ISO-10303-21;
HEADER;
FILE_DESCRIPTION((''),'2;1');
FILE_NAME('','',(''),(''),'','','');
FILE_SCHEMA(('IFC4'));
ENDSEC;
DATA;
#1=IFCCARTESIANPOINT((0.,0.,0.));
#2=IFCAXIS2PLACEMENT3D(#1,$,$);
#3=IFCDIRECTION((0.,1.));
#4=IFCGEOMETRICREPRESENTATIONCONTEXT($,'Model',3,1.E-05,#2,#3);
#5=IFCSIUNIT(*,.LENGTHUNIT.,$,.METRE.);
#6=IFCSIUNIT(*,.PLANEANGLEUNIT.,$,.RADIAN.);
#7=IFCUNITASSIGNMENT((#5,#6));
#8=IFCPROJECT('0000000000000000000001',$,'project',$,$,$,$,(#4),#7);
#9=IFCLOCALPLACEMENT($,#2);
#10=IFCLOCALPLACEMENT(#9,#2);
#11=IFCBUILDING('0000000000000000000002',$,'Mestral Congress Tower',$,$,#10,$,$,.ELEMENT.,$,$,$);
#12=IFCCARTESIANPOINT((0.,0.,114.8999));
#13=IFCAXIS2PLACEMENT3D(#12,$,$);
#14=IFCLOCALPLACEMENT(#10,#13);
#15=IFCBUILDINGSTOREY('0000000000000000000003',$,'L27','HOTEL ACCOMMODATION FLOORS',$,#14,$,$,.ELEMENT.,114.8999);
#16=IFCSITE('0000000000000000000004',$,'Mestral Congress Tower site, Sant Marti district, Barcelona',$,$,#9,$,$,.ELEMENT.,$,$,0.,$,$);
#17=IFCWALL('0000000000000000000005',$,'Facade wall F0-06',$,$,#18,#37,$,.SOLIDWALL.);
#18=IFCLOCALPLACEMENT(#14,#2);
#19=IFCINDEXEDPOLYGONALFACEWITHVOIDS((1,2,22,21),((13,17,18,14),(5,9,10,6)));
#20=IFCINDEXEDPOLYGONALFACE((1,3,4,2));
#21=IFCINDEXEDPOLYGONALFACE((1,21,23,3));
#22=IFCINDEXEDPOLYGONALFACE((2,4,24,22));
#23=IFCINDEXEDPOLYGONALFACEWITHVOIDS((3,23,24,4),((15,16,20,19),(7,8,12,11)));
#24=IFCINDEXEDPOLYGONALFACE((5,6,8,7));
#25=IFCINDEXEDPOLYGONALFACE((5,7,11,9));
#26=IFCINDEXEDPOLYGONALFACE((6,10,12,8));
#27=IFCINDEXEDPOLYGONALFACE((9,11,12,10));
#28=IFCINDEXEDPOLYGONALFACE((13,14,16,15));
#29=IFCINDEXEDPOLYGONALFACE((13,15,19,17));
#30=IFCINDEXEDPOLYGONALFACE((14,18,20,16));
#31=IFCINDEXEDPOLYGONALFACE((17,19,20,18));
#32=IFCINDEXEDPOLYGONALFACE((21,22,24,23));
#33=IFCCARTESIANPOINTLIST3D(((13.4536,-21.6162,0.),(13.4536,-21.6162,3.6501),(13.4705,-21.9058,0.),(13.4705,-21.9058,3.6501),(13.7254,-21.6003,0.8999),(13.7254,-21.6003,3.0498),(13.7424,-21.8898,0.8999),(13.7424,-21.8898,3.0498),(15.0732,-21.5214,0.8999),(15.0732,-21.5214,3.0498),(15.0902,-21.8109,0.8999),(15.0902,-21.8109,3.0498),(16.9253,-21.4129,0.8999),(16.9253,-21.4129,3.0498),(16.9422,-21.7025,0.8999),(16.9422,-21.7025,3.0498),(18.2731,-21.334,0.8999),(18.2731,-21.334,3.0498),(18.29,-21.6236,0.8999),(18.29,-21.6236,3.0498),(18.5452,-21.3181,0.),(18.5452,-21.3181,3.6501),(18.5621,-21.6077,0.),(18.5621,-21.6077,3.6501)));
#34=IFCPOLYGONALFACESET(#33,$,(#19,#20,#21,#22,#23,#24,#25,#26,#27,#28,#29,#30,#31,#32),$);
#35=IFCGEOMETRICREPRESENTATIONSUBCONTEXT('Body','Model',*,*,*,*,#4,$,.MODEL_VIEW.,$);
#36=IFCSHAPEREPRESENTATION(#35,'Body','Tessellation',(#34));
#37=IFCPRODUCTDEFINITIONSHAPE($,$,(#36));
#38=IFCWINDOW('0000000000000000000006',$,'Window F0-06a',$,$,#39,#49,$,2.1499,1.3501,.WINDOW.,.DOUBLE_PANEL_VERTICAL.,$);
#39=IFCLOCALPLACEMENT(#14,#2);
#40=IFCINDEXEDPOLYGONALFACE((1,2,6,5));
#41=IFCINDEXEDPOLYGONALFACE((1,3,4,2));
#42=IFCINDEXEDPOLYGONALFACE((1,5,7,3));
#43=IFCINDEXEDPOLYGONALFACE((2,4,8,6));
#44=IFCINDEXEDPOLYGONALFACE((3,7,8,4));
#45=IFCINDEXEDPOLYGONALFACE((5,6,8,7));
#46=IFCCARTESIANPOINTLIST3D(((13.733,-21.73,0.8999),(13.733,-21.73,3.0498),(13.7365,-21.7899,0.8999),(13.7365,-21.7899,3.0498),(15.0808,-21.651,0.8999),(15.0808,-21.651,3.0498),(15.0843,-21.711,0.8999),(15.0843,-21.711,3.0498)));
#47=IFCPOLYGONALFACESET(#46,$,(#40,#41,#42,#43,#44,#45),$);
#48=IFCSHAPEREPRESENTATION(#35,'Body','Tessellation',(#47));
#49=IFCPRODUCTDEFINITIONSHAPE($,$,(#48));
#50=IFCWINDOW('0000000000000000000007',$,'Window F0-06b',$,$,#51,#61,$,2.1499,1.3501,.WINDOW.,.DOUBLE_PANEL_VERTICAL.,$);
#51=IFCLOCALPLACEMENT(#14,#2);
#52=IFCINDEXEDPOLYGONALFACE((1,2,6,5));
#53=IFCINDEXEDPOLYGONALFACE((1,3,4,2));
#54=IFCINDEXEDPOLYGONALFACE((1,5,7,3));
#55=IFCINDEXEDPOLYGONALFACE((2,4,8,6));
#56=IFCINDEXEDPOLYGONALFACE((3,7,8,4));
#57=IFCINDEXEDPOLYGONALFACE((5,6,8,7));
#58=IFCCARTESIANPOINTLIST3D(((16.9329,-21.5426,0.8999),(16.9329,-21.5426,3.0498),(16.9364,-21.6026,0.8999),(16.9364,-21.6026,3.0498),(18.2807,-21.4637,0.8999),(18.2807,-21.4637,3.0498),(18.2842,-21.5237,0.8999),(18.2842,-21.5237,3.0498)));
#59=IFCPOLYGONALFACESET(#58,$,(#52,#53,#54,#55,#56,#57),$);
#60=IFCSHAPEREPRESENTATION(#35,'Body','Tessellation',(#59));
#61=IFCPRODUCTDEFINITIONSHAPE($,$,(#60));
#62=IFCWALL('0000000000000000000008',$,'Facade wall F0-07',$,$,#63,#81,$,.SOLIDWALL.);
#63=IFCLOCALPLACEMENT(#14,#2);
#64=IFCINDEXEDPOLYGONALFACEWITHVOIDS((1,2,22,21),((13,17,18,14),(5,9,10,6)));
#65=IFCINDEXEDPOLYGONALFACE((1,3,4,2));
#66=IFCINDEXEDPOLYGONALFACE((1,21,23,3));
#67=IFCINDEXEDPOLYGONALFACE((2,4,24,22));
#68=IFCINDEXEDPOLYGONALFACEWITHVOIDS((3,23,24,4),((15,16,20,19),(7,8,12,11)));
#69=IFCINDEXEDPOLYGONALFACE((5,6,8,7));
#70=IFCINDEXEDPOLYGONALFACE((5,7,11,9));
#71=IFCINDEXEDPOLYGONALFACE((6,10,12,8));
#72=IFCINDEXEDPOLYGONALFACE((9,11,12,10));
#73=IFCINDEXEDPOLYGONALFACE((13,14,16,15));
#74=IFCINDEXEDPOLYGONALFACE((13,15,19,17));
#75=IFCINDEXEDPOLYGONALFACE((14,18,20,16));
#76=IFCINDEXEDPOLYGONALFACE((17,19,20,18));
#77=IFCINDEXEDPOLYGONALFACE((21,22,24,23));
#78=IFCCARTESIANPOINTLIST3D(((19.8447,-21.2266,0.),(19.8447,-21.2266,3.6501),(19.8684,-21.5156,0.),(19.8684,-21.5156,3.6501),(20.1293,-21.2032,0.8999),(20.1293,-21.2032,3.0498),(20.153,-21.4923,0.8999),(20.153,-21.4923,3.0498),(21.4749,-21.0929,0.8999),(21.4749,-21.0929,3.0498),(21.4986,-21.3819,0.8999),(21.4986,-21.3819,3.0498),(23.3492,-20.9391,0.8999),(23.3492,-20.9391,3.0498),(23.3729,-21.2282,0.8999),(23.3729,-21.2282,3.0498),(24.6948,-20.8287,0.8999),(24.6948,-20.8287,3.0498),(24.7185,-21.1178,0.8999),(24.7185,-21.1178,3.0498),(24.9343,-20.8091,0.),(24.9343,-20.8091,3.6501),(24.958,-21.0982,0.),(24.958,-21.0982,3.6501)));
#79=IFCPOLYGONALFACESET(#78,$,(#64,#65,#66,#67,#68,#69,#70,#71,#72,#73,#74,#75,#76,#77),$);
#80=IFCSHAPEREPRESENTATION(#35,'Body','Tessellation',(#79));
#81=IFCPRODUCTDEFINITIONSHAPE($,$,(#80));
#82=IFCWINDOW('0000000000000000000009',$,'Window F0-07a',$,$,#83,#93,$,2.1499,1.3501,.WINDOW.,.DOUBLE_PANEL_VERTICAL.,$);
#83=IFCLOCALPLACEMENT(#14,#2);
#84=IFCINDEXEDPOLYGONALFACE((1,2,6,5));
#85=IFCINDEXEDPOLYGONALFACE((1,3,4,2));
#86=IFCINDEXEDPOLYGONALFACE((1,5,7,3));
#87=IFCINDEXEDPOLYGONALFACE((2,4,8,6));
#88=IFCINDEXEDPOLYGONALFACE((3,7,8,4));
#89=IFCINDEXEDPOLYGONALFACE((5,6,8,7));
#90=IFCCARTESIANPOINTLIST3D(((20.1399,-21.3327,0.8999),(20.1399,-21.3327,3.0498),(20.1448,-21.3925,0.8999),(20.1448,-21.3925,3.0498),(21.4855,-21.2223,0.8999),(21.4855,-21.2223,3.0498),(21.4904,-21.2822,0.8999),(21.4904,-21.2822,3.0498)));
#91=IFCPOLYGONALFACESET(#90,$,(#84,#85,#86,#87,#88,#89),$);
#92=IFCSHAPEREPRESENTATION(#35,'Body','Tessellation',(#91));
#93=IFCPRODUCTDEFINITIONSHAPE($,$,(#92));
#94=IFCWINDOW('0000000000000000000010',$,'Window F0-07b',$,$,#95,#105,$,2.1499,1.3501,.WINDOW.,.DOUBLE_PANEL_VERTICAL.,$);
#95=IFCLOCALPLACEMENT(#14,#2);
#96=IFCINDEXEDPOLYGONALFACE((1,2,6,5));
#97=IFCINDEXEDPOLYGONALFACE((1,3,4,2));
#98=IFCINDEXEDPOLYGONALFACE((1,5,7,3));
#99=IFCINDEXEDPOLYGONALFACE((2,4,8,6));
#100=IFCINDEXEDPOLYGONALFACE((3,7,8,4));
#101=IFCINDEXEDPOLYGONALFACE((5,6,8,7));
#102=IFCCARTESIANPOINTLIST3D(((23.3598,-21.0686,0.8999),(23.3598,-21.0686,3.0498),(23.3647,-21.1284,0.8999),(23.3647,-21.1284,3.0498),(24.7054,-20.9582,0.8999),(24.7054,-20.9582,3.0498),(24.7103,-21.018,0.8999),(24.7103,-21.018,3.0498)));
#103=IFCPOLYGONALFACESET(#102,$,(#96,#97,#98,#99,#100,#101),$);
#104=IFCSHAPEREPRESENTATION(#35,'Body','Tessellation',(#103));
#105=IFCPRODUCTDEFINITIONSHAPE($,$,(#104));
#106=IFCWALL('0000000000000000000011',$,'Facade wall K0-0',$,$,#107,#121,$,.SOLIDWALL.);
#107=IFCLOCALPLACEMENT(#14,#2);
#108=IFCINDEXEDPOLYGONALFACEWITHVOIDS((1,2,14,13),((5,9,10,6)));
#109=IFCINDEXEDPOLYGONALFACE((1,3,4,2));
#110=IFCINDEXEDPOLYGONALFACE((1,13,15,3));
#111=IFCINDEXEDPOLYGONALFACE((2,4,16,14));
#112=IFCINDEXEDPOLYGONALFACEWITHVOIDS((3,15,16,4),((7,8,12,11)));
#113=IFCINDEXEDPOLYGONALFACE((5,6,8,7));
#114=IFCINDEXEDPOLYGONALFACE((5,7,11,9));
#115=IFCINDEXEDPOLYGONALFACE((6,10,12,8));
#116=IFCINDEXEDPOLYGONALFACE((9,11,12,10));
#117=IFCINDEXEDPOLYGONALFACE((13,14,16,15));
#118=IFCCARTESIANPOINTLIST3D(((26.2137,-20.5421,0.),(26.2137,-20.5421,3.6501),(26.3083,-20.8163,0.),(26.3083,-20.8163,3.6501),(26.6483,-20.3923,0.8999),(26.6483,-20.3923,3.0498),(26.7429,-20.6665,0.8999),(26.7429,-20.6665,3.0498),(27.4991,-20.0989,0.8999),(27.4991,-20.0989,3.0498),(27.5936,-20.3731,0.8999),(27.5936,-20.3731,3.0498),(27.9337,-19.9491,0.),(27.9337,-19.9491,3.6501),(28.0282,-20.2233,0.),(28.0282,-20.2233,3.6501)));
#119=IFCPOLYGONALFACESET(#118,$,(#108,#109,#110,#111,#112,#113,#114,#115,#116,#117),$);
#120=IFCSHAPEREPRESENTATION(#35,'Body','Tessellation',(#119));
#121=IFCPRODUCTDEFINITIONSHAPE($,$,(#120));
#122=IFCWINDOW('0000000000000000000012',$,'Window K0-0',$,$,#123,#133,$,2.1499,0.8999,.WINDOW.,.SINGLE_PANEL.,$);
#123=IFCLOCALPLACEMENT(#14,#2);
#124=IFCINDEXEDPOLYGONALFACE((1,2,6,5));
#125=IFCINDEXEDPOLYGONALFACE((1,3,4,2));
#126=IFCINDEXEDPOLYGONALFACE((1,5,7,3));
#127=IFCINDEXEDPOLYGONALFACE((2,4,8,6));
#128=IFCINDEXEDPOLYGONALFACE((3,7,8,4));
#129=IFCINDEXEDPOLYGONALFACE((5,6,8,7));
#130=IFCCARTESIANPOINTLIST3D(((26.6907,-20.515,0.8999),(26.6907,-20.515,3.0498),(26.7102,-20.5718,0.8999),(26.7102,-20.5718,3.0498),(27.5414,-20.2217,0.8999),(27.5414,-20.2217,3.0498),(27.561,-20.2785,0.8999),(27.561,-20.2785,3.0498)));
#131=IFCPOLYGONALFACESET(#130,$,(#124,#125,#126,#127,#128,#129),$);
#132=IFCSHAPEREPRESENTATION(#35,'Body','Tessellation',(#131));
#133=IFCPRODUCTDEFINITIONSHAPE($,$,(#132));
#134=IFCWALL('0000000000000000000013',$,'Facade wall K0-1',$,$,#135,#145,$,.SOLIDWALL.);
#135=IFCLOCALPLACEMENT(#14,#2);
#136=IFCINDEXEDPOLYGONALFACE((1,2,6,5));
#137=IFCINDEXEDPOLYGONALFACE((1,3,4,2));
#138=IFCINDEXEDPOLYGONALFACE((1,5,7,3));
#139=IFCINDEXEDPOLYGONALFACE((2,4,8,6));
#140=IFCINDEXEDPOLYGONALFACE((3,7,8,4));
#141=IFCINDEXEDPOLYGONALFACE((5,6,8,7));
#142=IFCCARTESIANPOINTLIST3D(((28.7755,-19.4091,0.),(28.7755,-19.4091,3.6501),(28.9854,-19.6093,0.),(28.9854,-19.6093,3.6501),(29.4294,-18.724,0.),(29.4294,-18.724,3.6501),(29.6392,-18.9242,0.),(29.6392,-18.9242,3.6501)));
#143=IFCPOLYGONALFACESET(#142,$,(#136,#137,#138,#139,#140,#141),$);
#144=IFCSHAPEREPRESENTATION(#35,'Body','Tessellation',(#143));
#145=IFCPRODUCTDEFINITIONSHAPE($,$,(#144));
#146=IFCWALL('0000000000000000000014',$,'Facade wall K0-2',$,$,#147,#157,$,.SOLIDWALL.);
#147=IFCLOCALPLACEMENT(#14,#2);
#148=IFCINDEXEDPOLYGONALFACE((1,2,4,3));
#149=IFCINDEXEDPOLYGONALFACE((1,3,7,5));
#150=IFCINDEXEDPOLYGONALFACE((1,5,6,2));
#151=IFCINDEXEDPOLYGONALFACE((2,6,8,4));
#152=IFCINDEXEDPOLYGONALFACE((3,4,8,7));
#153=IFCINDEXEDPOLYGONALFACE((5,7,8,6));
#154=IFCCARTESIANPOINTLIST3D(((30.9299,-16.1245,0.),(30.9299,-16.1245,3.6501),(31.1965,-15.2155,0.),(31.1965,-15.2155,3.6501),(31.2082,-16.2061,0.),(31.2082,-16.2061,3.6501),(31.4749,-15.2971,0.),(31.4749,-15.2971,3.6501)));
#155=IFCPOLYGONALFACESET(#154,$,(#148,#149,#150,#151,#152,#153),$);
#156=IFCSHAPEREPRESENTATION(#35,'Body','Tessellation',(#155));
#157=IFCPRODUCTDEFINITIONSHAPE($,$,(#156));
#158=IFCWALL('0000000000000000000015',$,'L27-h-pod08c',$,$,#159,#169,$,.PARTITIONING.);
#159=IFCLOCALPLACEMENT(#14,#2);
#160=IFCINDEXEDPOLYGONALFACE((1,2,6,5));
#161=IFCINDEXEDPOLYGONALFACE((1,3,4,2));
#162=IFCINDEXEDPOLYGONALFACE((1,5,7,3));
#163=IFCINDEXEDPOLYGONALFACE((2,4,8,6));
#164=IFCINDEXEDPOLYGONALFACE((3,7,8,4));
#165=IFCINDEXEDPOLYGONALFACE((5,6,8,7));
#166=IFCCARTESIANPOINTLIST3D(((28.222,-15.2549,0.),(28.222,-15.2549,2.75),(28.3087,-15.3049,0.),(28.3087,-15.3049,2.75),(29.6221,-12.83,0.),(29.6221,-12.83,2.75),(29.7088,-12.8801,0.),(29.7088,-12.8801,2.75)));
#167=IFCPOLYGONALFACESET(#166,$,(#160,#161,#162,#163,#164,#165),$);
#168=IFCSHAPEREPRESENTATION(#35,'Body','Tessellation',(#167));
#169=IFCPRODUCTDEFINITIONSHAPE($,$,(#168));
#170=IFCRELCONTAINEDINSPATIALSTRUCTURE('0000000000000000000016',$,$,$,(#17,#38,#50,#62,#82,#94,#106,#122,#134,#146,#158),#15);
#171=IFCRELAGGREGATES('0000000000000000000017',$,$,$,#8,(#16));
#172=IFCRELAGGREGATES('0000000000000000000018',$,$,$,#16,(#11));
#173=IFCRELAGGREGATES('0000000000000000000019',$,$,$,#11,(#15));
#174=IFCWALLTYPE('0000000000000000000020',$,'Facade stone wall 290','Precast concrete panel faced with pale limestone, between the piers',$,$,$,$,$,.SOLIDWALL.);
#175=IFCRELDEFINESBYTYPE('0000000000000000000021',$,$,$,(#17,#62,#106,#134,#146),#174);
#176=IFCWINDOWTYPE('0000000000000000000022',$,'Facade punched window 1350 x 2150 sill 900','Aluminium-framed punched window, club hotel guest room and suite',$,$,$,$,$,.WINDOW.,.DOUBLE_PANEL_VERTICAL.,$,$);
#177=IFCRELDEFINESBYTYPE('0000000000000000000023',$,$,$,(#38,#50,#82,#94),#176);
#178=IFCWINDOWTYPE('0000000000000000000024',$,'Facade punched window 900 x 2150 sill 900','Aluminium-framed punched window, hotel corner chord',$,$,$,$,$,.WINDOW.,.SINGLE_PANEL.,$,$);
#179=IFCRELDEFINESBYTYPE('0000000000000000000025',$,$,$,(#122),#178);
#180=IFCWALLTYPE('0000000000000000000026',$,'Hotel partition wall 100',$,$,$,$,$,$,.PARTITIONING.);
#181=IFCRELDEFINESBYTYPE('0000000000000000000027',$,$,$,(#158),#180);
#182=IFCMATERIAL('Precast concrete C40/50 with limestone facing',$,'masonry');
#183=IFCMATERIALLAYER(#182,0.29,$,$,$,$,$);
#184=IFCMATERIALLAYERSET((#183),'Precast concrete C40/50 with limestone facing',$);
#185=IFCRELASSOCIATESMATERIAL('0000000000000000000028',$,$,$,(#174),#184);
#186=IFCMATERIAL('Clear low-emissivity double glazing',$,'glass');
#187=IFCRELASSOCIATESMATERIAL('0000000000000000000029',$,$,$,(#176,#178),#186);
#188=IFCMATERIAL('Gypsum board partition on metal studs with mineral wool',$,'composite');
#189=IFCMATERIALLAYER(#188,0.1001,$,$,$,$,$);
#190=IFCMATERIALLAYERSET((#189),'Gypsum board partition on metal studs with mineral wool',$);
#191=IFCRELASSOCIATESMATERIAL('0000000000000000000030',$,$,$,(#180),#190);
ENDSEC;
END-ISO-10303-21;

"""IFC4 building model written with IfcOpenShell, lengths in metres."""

from ifc_helpers import new_model, si_unit, direction, frame, frame_2d, origin, place, context, subcontext, project, spatial, rectangle, extrude, material, layer, layer_set, type_object, element, fill, save


model = new_model("IFC4")

# Units and contexts
model_context = context("Model", 3, precision=1e-05, world=origin(), true_north=direction((0.0, 1.0)))
body_context = subcontext(model_context, "Body", "Model", "MODEL_VIEW")
ifc_project = project(units=[si_unit("LENGTHUNIT", "METRE"), si_unit("PLANEANGLEUNIT", "RADIAN")], contexts=[model_context])

# Site, building, storey
site_placement = place(None, origin())
site = spatial("IfcSite", under=ifc_project, at=site_placement, Name="Mestral Congress Tower site, Sant Marti district, Barcelona", CompositionType="ELEMENT", RefElevation=0.0)
building_placement = place(site_placement, origin())
building = spatial("IfcBuilding", under=site, at=building_placement, Name="Mestral Congress Tower", CompositionType="ELEMENT")
storey_placement = place(building_placement, frame((0.0, 0.0, 114.8999)))
storey = spatial("IfcBuildingStorey", under=building, at=storey_placement, Name="L27", Description="HOTEL ACCOMMODATION FLOORS", CompositionType="ELEMENT", Elevation=114.8999)

# Walls, openings, windows
ifc_material_1 = material(Name="Precast concrete C40/50 with limestone facing", Category="masonry")
ifc_layer_1 = layer(ifc_material_1, 0.29)
ifc_layer_set_1 = layer_set([ifc_layer_1], Name="Precast concrete C40/50 with limestone facing")
wall_type_1 = type_object("IfcWallType", Name="Facade stone wall 290", Description="Precast concrete panel faced with pale limestone, between the piers", PredefinedType="SOLIDWALL", material=ifc_layer_set_1)
wall_1_placement = place(storey_placement, frame((13.4619, -21.761, 0.0), z_axis=(0.0, 0.0, 1.0), x_axis=(0.998291, 0.058447, 0.0)))
wall_1 = element("IfcWall", 1, at=wall_1_placement, inside=storey, type_object=wall_type_1, Name="Facade wall F0-06", PredefinedType="SOLIDWALL", context=body_context, shape_type="SweptSolid", body=[
    extrude(rectangle(XDim=5.1003, YDim=0.29, at=frame_2d((2.5503, 0.0))), origin(), (0.0, 0.0, 1.0), 3.6501),
])
opening_1_placement = place(wall_1_placement, frame((0.2725, 0.0, 0.8999)))
opening_1 = element("IfcOpeningElement", 2, at=opening_1_placement, cuts=wall_1, PredefinedType="OPENING", context=body_context, shape_type="SweptSolid", body=[
    extrude(rectangle(XDim=1.3501, YDim=2.1499, at=frame_2d((0.675, 1.075))), frame((0.0, 0.155, 0.0), z_axis=(0.0, -1.0, 0.0), x_axis=(1.0, 0.0, 0.0)), (0.0, 0.0, 1.0), 0.3101),
])
opening_2_placement = place(wall_1_placement, frame((3.4778, 0.0, 0.8999)))
opening_2 = element("IfcOpeningElement", 3, at=opening_2_placement, cuts=wall_1, PredefinedType="OPENING", context=body_context, shape_type="SweptSolid", body=[
    extrude(rectangle(XDim=1.3501, YDim=2.1499, at=frame_2d((0.675, 1.075))), frame((0.0, 0.155, 0.0), z_axis=(0.0, -1.0, 0.0), x_axis=(1.0, 0.0, 0.0)), (0.0, 0.0, 1.0), 0.3101),
])
ifc_material_2 = material(Name="Clear low-emissivity double glazing", Category="glass")
window_type_1 = type_object("IfcWindowType", Name="Facade punched window 1350 x 2150 sill 900", Description="Aluminium-framed punched window, club hotel guest room and suite", PartitioningType="DOUBLE_PANEL_VERTICAL", PredefinedType="WINDOW", material=ifc_material_2)
window_1_placement = place(opening_1_placement, origin())
window_1 = element("IfcWindow", 4, at=window_1_placement, inside=storey, type_object=window_type_1, Name="Window F0-06a", OverallHeight=2.1499, OverallWidth=1.3501, PartitioningType="DOUBLE_PANEL_VERTICAL", PredefinedType="WINDOW", context=body_context, shape_type="SweptSolid", body=[
    extrude(rectangle(XDim=1.3501, YDim=2.1499, at=frame_2d((0.675, 1.075))), frame((0.0, 0.0151, 0.0), z_axis=(0.0, -1.0, 0.0), x_axis=(1.0, 0.0, 0.0)), (0.0, 0.0, 1.0), 0.0601),
])
fill(opening_1, window_1)
window_2_placement = place(opening_2_placement, origin())
window_2 = element("IfcWindow", 5, at=window_2_placement, inside=storey, type_object=window_type_1, Name="Window F0-06b", OverallHeight=2.1499, OverallWidth=1.3501, PartitioningType="DOUBLE_PANEL_VERTICAL", PredefinedType="WINDOW", context=body_context, shape_type="SweptSolid", body=[
    extrude(rectangle(XDim=1.3501, YDim=2.1499, at=frame_2d((0.675, 1.075))), frame((0.0, 0.0151, 0.0), z_axis=(0.0, -1.0, 0.0), x_axis=(1.0, 0.0, 0.0)), (0.0, 0.0, 1.0), 0.0601),
])
fill(opening_2, window_2)
wall_2_placement = place(storey_placement, frame((19.8567, -21.3711, 0.0), z_axis=(0.0, 0.0, 1.0), x_axis=(0.996653, 0.081752, 0.0)))
wall_2 = element("IfcWall", 6, at=wall_2_placement, inside=storey, type_object=wall_type_1, Name="Facade wall F0-07", PredefinedType="SOLIDWALL", context=body_context, shape_type="SweptSolid", body=[
    extrude(rectangle(XDim=5.1067, YDim=0.29, at=frame_2d((2.5532, 0.0))), origin(), (0.0, 0.0, 1.0), 3.6501),
])
opening_3_placement = place(wall_2_placement, frame((0.2854, 0.0, 0.8999)))
opening_3 = element("IfcOpeningElement", 7, at=opening_3_placement, cuts=wall_2, PredefinedType="OPENING", context=body_context, shape_type="SweptSolid", body=[
    extrude(rectangle(XDim=1.3501, YDim=2.1499, at=frame_2d((0.675, 1.075))), frame((0.0, 0.155, 0.0), z_axis=(0.0, -1.0, 0.0), x_axis=(1.0, 0.0, 0.0)), (0.0, 0.0, 1.0), 0.3101),
])
opening_4_placement = place(wall_2_placement, frame((3.5161, 0.0, 0.8999)))
opening_4 = element("IfcOpeningElement", 8, at=opening_4_placement, cuts=wall_2, PredefinedType="OPENING", context=body_context, shape_type="SweptSolid", body=[
    extrude(rectangle(XDim=1.3501, YDim=2.1499, at=frame_2d((0.675, 1.075))), frame((0.0, 0.155, 0.0), z_axis=(0.0, -1.0, 0.0), x_axis=(1.0, 0.0, 0.0)), (0.0, 0.0, 1.0), 0.3101),
])
window_3_placement = place(opening_3_placement, origin())
window_3 = element("IfcWindow", 9, at=window_3_placement, inside=storey, type_object=window_type_1, Name="Window F0-07a", OverallHeight=2.1499, OverallWidth=1.3501, PartitioningType="DOUBLE_PANEL_VERTICAL", PredefinedType="WINDOW", context=body_context, shape_type="SweptSolid", body=[
    extrude(rectangle(XDim=1.3501, YDim=2.1499, at=frame_2d((0.675, 1.075))), frame((0.0, 0.0151, 0.0), z_axis=(0.0, -1.0, 0.0), x_axis=(1.0, 0.0, 0.0)), (0.0, 0.0, 1.0), 0.0601),
])
fill(opening_3, window_3)
window_4_placement = place(opening_4_placement, origin())
window_4 = element("IfcWindow", 10, at=window_4_placement, inside=storey, type_object=window_type_1, Name="Window F0-07b", OverallHeight=2.1499, OverallWidth=1.3501, PartitioningType="DOUBLE_PANEL_VERTICAL", PredefinedType="WINDOW", context=body_context, shape_type="SweptSolid", body=[
    extrude(rectangle(XDim=1.3501, YDim=2.1499, at=frame_2d((0.675, 1.075))), frame((0.0, 0.0151, 0.0), z_axis=(0.0, -1.0, 0.0), x_axis=(1.0, 0.0, 0.0)), (0.0, 0.0, 1.0), 0.0601),
])
fill(opening_4, window_4)

# Wall, opening, window
wall_3_placement = place(storey_placement, frame((26.261, -20.6792, 0.0), z_axis=(0.0, 0.0, 1.0), x_axis=(0.945386, 0.325953, 0.0)))
wall_3 = element("IfcWall", 11, at=wall_3_placement, inside=storey, type_object=wall_type_1, Name="Facade wall K0-0", PredefinedType="SOLIDWALL", context=body_context, shape_type="SweptSolid", body=[
    extrude(rectangle(XDim=1.8193, YDim=0.29, at=frame_2d((0.9097, 0.0))), origin(), (0.0, 0.0, 1.0), 3.6501),
])
opening_5_placement = place(wall_3_placement, frame((0.4597, 0.0, 0.8999)))
opening_5 = element("IfcOpeningElement", 12, at=opening_5_placement, cuts=wall_3, PredefinedType="OPENING", context=body_context, shape_type="SweptSolid", body=[
    extrude(rectangle(XDim=0.8999, YDim=2.1499, at=frame_2d((0.45, 1.075))), frame((0.0, 0.155, 0.0), z_axis=(0.0, -1.0, 0.0), x_axis=(1.0, 0.0, 0.0)), (0.0, 0.0, 1.0), 0.3101),
])
window_type_2 = type_object("IfcWindowType", Name="Facade punched window 900 x 2150 sill 900", Description="Aluminium-framed punched window, hotel corner chord", PartitioningType="SINGLE_PANEL", PredefinedType="WINDOW", material=ifc_material_2)
window_5_placement = place(opening_5_placement, origin())
window_5 = element("IfcWindow", 13, at=window_5_placement, inside=storey, type_object=window_type_2, Name="Window K0-0", OverallHeight=2.1499, OverallWidth=0.8999, PartitioningType="SINGLE_PANEL", PredefinedType="WINDOW", context=body_context, shape_type="SweptSolid", body=[
    extrude(rectangle(XDim=0.8999, YDim=2.1499, at=frame_2d((0.45, 1.075))), frame((0.0, 0.0151, 0.0), z_axis=(0.0, -1.0, 0.0), x_axis=(1.0, 0.0, 0.0)), (0.0, 0.0, 1.0), 0.0601),
])
fill(opening_5, window_5)

# Walls
wall_4_placement = place(storey_placement, frame((28.8804, -19.5093, 0.0), z_axis=(0.0, 0.0, 1.0), x_axis=(0.690414, 0.723414, 0.0)))
element("IfcWall", 14, at=wall_4_placement, inside=storey, type_object=wall_type_1, Name="Facade wall K0-1", PredefinedType="SOLIDWALL", context=body_context, shape_type="SweptSolid", body=[
    extrude(rectangle(XDim=0.947, YDim=0.29, at=frame_2d((0.4736, 0.0))), origin(), (0.0, 0.0, 1.0), 3.6501),
])
wall_5_placement = place(storey_placement, frame((31.0691, -16.1653, 0.0), z_axis=(0.0, 0.0, 1.0), x_axis=(0.281455, 0.959575, 0.0)))
element("IfcWall", 15, at=wall_5_placement, inside=storey, type_object=wall_type_1, Name="Facade wall K0-2", PredefinedType="SOLIDWALL", context=body_context, shape_type="SweptSolid", body=[
    extrude(rectangle(XDim=0.9473, YDim=0.29, at=frame_2d((0.4736, 0.0))), origin(), (0.0, 0.0, 1.0), 3.6501),
])
ifc_material_3 = material(Name="Gypsum board partition on metal studs with mineral wool", Category="composite")
ifc_layer_2 = layer(ifc_material_3, 0.1001)
ifc_layer_set_2 = layer_set([ifc_layer_2], Name="Gypsum board partition on metal studs with mineral wool")
wall_type_2 = type_object("IfcWallType", Name="Hotel partition wall 100", PredefinedType="PARTITIONING", material=ifc_layer_set_2)
wall_6_placement = place(storey_placement, frame((28.2654, -15.2798, 0.0), z_axis=(0.0, 0.0, 1.0), x_axis=(0.50005, 0.865997, 0.0)))
element("IfcWall", 16, at=wall_6_placement, inside=storey, type_object=wall_type_2, Name="L27-h-pod08c", PredefinedType="PARTITIONING", context=body_context, shape_type="SweptSolid", body=[
    extrude(rectangle(XDim=2.8, YDim=0.1001, at=frame_2d((1.3999, 0.0))), origin(), (0.0, 0.0, 1.0), 2.75),
])

save(model, "model.ifc")
